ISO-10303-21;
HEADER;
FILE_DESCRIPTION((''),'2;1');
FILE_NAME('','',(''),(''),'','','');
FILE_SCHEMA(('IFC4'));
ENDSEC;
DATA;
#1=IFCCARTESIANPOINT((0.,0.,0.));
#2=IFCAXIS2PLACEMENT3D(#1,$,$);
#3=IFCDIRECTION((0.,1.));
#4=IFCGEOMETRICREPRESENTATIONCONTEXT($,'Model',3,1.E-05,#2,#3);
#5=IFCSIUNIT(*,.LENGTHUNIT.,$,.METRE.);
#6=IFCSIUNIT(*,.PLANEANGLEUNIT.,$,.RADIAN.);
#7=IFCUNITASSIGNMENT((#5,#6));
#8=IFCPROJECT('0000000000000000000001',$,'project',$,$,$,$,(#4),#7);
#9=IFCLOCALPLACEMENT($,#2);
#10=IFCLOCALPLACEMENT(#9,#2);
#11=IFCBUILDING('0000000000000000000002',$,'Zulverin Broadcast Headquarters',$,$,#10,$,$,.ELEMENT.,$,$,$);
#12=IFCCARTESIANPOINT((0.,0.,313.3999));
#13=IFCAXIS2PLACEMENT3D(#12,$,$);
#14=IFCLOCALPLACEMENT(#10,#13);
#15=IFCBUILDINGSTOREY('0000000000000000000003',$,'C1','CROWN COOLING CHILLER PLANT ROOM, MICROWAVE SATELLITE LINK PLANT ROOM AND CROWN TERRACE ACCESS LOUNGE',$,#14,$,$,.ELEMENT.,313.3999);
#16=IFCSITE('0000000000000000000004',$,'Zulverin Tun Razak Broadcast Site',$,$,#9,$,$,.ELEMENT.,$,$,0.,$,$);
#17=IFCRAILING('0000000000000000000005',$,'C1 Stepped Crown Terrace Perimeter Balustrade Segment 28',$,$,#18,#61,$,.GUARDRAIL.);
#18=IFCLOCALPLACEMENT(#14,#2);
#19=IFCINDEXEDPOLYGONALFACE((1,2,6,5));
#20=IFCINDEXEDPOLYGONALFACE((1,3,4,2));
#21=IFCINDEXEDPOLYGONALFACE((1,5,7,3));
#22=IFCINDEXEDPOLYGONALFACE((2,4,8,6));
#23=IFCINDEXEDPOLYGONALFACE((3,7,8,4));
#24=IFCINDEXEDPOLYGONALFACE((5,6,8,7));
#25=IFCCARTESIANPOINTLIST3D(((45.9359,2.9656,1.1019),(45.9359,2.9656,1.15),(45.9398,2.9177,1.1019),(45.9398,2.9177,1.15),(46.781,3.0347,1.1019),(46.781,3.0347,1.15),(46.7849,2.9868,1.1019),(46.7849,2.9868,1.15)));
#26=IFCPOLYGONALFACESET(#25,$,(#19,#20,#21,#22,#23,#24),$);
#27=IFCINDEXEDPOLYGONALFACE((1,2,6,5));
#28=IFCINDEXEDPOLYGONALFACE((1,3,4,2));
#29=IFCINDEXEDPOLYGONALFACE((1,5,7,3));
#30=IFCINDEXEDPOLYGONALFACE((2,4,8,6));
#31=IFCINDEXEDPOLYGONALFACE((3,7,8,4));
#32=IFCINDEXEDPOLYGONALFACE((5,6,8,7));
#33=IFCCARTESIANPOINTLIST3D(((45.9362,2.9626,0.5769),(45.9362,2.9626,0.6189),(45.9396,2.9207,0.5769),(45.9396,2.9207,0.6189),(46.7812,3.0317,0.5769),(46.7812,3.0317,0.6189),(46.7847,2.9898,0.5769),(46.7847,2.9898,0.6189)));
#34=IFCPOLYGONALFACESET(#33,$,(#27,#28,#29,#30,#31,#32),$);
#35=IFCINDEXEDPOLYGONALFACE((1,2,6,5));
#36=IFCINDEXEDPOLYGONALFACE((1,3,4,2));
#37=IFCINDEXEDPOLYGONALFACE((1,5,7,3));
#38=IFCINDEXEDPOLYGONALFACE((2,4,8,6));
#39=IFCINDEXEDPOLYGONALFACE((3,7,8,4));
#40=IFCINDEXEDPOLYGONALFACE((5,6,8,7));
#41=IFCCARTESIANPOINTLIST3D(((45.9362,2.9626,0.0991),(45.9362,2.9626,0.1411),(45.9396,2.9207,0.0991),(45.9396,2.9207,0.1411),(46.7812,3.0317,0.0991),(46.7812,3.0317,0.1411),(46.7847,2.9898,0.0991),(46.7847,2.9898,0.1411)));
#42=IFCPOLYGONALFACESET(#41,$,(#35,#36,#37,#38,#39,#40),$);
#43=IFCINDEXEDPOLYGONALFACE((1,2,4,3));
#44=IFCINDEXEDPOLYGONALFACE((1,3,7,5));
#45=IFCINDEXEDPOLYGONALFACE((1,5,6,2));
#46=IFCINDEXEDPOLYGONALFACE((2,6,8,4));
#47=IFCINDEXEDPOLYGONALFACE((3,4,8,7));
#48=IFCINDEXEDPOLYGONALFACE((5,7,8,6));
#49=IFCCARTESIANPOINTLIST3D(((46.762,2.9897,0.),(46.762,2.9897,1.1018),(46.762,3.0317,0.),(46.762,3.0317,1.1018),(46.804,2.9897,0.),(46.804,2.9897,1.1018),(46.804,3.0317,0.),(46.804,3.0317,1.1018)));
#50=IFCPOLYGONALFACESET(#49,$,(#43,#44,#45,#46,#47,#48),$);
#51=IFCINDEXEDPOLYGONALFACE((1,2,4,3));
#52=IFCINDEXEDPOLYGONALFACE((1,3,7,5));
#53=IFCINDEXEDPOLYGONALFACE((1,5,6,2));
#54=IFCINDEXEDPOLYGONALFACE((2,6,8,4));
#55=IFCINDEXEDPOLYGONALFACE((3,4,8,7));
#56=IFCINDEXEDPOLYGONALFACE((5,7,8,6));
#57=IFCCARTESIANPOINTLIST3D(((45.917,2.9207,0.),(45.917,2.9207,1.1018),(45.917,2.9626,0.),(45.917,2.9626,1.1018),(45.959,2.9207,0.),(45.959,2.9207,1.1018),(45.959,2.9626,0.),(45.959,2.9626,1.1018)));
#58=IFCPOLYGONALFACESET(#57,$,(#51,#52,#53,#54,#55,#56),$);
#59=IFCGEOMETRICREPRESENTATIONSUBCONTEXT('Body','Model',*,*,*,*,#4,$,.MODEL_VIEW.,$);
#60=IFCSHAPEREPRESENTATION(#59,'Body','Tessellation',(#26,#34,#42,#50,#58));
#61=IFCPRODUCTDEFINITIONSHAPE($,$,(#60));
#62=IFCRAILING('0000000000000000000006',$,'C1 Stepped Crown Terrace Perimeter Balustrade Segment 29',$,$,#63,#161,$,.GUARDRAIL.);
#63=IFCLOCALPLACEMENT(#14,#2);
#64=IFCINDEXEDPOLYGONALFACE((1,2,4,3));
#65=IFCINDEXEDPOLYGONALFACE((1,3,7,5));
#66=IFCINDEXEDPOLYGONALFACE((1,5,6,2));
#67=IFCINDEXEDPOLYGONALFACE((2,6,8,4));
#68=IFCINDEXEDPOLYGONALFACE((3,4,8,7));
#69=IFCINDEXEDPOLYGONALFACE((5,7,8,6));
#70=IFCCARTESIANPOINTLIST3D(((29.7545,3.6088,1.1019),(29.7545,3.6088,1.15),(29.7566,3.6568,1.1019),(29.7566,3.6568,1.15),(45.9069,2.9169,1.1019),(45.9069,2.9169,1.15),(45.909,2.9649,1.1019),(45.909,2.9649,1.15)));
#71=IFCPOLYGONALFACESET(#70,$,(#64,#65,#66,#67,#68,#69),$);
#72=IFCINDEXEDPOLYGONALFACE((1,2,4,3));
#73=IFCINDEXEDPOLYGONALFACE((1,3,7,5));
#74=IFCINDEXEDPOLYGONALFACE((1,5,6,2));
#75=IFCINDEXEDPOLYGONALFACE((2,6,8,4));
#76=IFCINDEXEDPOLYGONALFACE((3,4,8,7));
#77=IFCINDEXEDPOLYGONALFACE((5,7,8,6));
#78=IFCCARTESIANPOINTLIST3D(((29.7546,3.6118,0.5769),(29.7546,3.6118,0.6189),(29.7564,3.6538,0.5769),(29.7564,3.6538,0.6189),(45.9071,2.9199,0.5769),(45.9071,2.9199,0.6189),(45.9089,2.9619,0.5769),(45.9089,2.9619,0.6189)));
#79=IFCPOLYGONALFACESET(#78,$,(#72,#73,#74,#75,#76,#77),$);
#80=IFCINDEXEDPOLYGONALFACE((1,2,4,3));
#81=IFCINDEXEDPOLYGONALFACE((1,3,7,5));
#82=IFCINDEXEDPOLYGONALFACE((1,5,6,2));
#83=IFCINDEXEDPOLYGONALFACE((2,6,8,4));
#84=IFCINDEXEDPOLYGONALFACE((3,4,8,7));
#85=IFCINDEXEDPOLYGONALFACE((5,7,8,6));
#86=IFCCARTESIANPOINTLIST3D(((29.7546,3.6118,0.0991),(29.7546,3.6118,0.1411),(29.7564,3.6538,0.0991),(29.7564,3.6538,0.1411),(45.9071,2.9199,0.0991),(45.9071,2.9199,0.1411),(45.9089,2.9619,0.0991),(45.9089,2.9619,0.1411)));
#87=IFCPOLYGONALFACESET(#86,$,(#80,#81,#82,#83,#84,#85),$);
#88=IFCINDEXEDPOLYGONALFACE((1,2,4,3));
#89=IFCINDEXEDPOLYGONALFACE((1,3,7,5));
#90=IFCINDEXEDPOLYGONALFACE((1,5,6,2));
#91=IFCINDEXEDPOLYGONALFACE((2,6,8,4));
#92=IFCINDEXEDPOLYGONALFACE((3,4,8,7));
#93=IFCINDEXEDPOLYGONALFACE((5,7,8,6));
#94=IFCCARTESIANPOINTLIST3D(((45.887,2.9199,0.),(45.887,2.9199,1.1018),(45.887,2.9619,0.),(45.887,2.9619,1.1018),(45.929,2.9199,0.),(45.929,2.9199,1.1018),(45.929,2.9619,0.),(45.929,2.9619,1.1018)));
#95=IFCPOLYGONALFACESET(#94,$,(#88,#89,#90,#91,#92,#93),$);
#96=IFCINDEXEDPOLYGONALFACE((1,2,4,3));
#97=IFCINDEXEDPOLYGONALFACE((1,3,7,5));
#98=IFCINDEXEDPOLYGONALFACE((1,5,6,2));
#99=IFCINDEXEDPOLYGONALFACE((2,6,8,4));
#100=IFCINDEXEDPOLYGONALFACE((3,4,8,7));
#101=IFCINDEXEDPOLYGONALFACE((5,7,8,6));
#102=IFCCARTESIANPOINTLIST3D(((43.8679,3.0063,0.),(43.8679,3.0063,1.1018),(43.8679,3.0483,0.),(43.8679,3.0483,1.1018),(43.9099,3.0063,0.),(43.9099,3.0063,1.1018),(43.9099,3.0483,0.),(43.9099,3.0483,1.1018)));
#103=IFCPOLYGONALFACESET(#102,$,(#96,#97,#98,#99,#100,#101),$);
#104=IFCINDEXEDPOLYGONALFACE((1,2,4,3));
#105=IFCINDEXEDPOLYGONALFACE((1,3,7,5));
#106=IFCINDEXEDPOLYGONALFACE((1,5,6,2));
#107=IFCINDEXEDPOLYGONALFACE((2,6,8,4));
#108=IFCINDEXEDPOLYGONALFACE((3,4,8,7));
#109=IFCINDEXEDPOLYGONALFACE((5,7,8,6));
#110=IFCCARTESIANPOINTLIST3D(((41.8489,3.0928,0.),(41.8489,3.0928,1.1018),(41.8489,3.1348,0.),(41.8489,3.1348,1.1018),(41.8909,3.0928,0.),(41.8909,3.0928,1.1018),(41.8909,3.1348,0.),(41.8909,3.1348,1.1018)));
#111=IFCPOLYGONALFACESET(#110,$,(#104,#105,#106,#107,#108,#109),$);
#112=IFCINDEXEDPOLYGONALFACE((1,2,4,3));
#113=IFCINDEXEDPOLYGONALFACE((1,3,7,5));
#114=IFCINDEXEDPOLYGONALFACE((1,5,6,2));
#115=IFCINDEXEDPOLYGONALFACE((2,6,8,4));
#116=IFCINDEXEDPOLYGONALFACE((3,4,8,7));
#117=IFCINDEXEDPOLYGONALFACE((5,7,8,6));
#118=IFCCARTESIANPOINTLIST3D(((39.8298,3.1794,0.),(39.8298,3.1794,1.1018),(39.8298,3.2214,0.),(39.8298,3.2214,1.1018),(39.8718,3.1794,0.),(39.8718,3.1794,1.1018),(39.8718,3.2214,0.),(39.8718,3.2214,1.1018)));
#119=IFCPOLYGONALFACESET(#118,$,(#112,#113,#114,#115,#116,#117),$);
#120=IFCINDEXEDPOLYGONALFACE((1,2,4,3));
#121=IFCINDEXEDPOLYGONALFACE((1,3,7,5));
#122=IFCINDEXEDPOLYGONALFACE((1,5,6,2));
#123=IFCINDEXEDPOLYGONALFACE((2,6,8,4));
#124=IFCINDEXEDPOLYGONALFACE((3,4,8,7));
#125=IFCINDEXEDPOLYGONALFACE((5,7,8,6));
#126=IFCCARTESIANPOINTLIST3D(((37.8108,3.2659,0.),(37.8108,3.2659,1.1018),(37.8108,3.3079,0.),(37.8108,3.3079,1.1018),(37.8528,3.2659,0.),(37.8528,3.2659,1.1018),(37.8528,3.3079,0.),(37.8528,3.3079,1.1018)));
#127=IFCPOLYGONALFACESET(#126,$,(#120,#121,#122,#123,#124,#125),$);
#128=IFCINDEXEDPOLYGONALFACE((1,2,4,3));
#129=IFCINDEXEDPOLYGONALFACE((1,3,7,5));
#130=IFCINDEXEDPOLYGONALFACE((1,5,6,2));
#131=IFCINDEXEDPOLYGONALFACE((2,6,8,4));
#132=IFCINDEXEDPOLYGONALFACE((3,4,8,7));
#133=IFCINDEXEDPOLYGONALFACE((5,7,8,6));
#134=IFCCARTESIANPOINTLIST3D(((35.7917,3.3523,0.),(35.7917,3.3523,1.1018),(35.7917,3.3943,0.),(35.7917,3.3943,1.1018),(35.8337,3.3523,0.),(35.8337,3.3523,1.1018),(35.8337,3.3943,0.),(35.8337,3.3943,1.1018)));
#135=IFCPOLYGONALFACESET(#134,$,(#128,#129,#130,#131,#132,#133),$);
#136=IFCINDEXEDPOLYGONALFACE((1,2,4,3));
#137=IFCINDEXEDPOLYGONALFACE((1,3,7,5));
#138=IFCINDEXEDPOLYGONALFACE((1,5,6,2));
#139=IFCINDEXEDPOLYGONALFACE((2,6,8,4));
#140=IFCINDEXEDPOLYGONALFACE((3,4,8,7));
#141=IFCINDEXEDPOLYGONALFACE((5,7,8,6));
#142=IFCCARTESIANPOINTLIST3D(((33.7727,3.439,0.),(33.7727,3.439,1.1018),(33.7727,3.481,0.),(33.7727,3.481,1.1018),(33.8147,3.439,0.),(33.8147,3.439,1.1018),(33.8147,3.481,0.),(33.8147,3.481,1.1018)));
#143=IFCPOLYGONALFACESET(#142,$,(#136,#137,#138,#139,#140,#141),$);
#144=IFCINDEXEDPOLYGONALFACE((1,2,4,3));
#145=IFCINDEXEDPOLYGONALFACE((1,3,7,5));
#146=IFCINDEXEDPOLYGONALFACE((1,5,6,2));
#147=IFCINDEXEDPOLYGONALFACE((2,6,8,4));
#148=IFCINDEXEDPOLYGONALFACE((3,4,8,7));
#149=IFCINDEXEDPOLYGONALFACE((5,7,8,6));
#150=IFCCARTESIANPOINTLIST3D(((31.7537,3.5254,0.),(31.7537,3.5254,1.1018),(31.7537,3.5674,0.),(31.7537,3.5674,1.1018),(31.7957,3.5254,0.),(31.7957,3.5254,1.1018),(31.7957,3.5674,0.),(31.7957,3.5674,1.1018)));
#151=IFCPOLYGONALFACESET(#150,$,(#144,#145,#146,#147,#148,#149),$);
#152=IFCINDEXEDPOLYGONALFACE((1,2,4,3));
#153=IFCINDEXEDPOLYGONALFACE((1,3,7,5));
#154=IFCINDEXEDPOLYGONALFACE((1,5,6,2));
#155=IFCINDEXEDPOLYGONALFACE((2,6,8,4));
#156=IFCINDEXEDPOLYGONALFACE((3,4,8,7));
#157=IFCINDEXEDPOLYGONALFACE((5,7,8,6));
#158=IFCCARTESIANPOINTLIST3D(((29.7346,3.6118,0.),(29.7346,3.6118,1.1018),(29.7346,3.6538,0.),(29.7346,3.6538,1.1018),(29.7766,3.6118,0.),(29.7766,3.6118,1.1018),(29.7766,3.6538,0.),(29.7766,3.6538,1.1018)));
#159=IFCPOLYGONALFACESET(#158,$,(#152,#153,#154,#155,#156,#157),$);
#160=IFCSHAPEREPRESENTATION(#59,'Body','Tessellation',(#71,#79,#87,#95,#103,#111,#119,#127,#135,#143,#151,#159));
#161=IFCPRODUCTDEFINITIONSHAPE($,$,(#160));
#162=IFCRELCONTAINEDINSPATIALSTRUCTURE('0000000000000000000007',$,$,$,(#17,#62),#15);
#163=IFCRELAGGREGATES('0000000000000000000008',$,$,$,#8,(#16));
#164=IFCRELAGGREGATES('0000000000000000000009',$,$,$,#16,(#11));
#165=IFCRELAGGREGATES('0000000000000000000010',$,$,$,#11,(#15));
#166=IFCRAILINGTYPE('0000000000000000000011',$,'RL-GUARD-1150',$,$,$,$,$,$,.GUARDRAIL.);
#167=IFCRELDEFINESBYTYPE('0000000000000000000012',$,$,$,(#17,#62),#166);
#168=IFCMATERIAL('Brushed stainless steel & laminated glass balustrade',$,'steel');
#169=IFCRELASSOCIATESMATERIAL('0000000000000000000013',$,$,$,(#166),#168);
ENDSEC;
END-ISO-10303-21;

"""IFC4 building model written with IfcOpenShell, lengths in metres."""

from ifc_helpers import new_model, si_unit, direction, frame, origin, origin_2d, place, context, subcontext, project, spatial, rectangle, extrude, material, type_object, element, save


model = new_model("IFC4")

# Units and contexts
model_context = context("Model", 3, precision=1e-05, world=origin(), true_north=direction((0.0, 1.0)))
body_context = subcontext(model_context, "Body", "Model", "MODEL_VIEW")
ifc_project = project(units=[si_unit("LENGTHUNIT", "METRE"), si_unit("PLANEANGLEUNIT", "RADIAN")], contexts=[model_context])

# Site, building, storey
site_placement = place(None, origin())
site = spatial("IfcSite", under=ifc_project, at=site_placement, Name="Zulverin Tun Razak Broadcast Site", CompositionType="ELEMENT", RefElevation=0.0)
building_placement = place(site_placement, origin())
building = spatial("IfcBuilding", under=site, at=building_placement, Name="Zulverin Broadcast Headquarters", CompositionType="ELEMENT")
storey_placement = place(building_placement, frame((0.0, 0.0, 313.3999)))
storey = spatial("IfcBuildingStorey", under=building, at=storey_placement, Name="C1", Description="CROWN COOLING CHILLER PLANT ROOM, MICROWAVE SATELLITE LINK PLANT ROOM AND CROWN TERRACE ACCESS LOUNGE", CompositionType="ELEMENT", Elevation=313.3999)

# Railings
ifc_material_1 = material(Name="Brushed stainless steel & laminated glass balustrade", Category="steel")
railing_type = type_object("IfcRailingType", Name="RL-GUARD-1150", PredefinedType="GUARDRAIL", material=ifc_material_1)
railing_1_placement = place(storey_placement, frame((46.783, 3.0107, 0.0)))
element("IfcRailing", 1, at=railing_1_placement, inside=storey, type_object=railing_type, Name="C1 Stepped Crown Terrace Perimeter Balustrade Segment 28", PredefinedType="GUARDRAIL", context=body_context, shape_type="SweptSolid", body=[
    extrude(rectangle(XDim=0.0481, YDim=0.0481, at=origin_2d()), frame((0.0, 0.0, 1.126), z_axis=(-0.996674, -0.081496, 0.0), x_axis=(0.081496, -0.996674, 0.0)), (0.0, 0.0, 1.0), 0.8479),
    extrude(rectangle(XDim=0.042, YDim=0.042, at=origin_2d()), frame((0.0, 0.0, 0.5979), z_axis=(-0.996674, -0.081496, 0.0), x_axis=(0.081496, -0.996674, 0.0)), (0.0, 0.0, 1.0), 0.8479),
    extrude(rectangle(XDim=0.042, YDim=0.042, at=origin_2d()), frame((0.0, 0.0, 0.1201), z_axis=(-0.996674, -0.081496, 0.0), x_axis=(0.081496, -0.996674, 0.0)), (0.0, 0.0, 1.0), 0.8479),
    extrude(rectangle(XDim=0.042, YDim=0.042, at=origin_2d()), origin(), (0.0, 0.0, 1.0), 1.1018),
    extrude(rectangle(XDim=0.042, YDim=0.042, at=origin_2d()), frame((-0.845, -0.0691, 0.0)), (0.0, 0.0, 1.0), 1.1018),
])
railing_2_placement = place(storey_placement, frame((45.908, 2.9409, 0.0)))
element("IfcRailing", 2, at=railing_2_placement, inside=storey, type_object=railing_type, Name="C1 Stepped Crown Terrace Perimeter Balustrade Segment 29", PredefinedType="GUARDRAIL", context=body_context, shape_type="SweptSolid", body=[
    extrude(rectangle(XDim=0.0481, YDim=0.0481, at=origin_2d()), frame((0.0, 0.0, 1.126), z_axis=(-0.999084, 0.042796, 0.0), x_axis=(-0.042796, -0.999084, 0.0)), (0.0, 0.0, 1.0), 16.1672),
    extrude(rectangle(XDim=0.042, YDim=0.042, at=origin_2d()), frame((0.0, 0.0, 0.5979), z_axis=(-0.999084, 0.042796, 0.0), x_axis=(-0.042796, -0.999084, 0.0)), (0.0, 0.0, 1.0), 16.1672),
    extrude(rectangle(XDim=0.042, YDim=0.042, at=origin_2d()), frame((0.0, 0.0, 0.1201), z_axis=(-0.999084, 0.042796, 0.0), x_axis=(-0.042796, -0.999084, 0.0)), (0.0, 0.0, 1.0), 16.1672),
    extrude(rectangle(XDim=0.042, YDim=0.042, at=origin_2d()), origin(), (0.0, 0.0, 1.0), 1.1018),
    extrude(rectangle(XDim=0.042, YDim=0.042, at=origin_2d()), frame((-2.019, 0.0864, 0.0)), (0.0, 0.0, 1.0), 1.1018),
    extrude(rectangle(XDim=0.042, YDim=0.042, at=origin_2d()), frame((-4.0381, 0.1729, 0.0)), (0.0, 0.0, 1.0), 1.1018),
    extrude(rectangle(XDim=0.042, YDim=0.042, at=origin_2d()), frame((-6.0571, 0.2595, 0.0)), (0.0, 0.0, 1.0), 1.1018),
    extrude(rectangle(XDim=0.042, YDim=0.042, at=origin_2d()), frame((-8.0762, 0.3459, 0.0)), (0.0, 0.0, 1.0), 1.1018),
    extrude(rectangle(XDim=0.042, YDim=0.042, at=origin_2d()), frame((-10.0952, 0.4324, 0.0)), (0.0, 0.0, 1.0), 1.1018),
    extrude(rectangle(XDim=0.042, YDim=0.042, at=origin_2d()), frame((-12.1143, 0.519, 0.0)), (0.0, 0.0, 1.0), 1.1018),
    extrude(rectangle(XDim=0.042, YDim=0.042, at=origin_2d()), frame((-14.1333, 0.6055, 0.0)), (0.0, 0.0, 1.0), 1.1018),
    extrude(rectangle(XDim=0.042, YDim=0.042, at=origin_2d()), frame((-16.1523, 0.6919, 0.0)), (0.0, 0.0, 1.0), 1.1018),
])

save(model, "model.ifc")
